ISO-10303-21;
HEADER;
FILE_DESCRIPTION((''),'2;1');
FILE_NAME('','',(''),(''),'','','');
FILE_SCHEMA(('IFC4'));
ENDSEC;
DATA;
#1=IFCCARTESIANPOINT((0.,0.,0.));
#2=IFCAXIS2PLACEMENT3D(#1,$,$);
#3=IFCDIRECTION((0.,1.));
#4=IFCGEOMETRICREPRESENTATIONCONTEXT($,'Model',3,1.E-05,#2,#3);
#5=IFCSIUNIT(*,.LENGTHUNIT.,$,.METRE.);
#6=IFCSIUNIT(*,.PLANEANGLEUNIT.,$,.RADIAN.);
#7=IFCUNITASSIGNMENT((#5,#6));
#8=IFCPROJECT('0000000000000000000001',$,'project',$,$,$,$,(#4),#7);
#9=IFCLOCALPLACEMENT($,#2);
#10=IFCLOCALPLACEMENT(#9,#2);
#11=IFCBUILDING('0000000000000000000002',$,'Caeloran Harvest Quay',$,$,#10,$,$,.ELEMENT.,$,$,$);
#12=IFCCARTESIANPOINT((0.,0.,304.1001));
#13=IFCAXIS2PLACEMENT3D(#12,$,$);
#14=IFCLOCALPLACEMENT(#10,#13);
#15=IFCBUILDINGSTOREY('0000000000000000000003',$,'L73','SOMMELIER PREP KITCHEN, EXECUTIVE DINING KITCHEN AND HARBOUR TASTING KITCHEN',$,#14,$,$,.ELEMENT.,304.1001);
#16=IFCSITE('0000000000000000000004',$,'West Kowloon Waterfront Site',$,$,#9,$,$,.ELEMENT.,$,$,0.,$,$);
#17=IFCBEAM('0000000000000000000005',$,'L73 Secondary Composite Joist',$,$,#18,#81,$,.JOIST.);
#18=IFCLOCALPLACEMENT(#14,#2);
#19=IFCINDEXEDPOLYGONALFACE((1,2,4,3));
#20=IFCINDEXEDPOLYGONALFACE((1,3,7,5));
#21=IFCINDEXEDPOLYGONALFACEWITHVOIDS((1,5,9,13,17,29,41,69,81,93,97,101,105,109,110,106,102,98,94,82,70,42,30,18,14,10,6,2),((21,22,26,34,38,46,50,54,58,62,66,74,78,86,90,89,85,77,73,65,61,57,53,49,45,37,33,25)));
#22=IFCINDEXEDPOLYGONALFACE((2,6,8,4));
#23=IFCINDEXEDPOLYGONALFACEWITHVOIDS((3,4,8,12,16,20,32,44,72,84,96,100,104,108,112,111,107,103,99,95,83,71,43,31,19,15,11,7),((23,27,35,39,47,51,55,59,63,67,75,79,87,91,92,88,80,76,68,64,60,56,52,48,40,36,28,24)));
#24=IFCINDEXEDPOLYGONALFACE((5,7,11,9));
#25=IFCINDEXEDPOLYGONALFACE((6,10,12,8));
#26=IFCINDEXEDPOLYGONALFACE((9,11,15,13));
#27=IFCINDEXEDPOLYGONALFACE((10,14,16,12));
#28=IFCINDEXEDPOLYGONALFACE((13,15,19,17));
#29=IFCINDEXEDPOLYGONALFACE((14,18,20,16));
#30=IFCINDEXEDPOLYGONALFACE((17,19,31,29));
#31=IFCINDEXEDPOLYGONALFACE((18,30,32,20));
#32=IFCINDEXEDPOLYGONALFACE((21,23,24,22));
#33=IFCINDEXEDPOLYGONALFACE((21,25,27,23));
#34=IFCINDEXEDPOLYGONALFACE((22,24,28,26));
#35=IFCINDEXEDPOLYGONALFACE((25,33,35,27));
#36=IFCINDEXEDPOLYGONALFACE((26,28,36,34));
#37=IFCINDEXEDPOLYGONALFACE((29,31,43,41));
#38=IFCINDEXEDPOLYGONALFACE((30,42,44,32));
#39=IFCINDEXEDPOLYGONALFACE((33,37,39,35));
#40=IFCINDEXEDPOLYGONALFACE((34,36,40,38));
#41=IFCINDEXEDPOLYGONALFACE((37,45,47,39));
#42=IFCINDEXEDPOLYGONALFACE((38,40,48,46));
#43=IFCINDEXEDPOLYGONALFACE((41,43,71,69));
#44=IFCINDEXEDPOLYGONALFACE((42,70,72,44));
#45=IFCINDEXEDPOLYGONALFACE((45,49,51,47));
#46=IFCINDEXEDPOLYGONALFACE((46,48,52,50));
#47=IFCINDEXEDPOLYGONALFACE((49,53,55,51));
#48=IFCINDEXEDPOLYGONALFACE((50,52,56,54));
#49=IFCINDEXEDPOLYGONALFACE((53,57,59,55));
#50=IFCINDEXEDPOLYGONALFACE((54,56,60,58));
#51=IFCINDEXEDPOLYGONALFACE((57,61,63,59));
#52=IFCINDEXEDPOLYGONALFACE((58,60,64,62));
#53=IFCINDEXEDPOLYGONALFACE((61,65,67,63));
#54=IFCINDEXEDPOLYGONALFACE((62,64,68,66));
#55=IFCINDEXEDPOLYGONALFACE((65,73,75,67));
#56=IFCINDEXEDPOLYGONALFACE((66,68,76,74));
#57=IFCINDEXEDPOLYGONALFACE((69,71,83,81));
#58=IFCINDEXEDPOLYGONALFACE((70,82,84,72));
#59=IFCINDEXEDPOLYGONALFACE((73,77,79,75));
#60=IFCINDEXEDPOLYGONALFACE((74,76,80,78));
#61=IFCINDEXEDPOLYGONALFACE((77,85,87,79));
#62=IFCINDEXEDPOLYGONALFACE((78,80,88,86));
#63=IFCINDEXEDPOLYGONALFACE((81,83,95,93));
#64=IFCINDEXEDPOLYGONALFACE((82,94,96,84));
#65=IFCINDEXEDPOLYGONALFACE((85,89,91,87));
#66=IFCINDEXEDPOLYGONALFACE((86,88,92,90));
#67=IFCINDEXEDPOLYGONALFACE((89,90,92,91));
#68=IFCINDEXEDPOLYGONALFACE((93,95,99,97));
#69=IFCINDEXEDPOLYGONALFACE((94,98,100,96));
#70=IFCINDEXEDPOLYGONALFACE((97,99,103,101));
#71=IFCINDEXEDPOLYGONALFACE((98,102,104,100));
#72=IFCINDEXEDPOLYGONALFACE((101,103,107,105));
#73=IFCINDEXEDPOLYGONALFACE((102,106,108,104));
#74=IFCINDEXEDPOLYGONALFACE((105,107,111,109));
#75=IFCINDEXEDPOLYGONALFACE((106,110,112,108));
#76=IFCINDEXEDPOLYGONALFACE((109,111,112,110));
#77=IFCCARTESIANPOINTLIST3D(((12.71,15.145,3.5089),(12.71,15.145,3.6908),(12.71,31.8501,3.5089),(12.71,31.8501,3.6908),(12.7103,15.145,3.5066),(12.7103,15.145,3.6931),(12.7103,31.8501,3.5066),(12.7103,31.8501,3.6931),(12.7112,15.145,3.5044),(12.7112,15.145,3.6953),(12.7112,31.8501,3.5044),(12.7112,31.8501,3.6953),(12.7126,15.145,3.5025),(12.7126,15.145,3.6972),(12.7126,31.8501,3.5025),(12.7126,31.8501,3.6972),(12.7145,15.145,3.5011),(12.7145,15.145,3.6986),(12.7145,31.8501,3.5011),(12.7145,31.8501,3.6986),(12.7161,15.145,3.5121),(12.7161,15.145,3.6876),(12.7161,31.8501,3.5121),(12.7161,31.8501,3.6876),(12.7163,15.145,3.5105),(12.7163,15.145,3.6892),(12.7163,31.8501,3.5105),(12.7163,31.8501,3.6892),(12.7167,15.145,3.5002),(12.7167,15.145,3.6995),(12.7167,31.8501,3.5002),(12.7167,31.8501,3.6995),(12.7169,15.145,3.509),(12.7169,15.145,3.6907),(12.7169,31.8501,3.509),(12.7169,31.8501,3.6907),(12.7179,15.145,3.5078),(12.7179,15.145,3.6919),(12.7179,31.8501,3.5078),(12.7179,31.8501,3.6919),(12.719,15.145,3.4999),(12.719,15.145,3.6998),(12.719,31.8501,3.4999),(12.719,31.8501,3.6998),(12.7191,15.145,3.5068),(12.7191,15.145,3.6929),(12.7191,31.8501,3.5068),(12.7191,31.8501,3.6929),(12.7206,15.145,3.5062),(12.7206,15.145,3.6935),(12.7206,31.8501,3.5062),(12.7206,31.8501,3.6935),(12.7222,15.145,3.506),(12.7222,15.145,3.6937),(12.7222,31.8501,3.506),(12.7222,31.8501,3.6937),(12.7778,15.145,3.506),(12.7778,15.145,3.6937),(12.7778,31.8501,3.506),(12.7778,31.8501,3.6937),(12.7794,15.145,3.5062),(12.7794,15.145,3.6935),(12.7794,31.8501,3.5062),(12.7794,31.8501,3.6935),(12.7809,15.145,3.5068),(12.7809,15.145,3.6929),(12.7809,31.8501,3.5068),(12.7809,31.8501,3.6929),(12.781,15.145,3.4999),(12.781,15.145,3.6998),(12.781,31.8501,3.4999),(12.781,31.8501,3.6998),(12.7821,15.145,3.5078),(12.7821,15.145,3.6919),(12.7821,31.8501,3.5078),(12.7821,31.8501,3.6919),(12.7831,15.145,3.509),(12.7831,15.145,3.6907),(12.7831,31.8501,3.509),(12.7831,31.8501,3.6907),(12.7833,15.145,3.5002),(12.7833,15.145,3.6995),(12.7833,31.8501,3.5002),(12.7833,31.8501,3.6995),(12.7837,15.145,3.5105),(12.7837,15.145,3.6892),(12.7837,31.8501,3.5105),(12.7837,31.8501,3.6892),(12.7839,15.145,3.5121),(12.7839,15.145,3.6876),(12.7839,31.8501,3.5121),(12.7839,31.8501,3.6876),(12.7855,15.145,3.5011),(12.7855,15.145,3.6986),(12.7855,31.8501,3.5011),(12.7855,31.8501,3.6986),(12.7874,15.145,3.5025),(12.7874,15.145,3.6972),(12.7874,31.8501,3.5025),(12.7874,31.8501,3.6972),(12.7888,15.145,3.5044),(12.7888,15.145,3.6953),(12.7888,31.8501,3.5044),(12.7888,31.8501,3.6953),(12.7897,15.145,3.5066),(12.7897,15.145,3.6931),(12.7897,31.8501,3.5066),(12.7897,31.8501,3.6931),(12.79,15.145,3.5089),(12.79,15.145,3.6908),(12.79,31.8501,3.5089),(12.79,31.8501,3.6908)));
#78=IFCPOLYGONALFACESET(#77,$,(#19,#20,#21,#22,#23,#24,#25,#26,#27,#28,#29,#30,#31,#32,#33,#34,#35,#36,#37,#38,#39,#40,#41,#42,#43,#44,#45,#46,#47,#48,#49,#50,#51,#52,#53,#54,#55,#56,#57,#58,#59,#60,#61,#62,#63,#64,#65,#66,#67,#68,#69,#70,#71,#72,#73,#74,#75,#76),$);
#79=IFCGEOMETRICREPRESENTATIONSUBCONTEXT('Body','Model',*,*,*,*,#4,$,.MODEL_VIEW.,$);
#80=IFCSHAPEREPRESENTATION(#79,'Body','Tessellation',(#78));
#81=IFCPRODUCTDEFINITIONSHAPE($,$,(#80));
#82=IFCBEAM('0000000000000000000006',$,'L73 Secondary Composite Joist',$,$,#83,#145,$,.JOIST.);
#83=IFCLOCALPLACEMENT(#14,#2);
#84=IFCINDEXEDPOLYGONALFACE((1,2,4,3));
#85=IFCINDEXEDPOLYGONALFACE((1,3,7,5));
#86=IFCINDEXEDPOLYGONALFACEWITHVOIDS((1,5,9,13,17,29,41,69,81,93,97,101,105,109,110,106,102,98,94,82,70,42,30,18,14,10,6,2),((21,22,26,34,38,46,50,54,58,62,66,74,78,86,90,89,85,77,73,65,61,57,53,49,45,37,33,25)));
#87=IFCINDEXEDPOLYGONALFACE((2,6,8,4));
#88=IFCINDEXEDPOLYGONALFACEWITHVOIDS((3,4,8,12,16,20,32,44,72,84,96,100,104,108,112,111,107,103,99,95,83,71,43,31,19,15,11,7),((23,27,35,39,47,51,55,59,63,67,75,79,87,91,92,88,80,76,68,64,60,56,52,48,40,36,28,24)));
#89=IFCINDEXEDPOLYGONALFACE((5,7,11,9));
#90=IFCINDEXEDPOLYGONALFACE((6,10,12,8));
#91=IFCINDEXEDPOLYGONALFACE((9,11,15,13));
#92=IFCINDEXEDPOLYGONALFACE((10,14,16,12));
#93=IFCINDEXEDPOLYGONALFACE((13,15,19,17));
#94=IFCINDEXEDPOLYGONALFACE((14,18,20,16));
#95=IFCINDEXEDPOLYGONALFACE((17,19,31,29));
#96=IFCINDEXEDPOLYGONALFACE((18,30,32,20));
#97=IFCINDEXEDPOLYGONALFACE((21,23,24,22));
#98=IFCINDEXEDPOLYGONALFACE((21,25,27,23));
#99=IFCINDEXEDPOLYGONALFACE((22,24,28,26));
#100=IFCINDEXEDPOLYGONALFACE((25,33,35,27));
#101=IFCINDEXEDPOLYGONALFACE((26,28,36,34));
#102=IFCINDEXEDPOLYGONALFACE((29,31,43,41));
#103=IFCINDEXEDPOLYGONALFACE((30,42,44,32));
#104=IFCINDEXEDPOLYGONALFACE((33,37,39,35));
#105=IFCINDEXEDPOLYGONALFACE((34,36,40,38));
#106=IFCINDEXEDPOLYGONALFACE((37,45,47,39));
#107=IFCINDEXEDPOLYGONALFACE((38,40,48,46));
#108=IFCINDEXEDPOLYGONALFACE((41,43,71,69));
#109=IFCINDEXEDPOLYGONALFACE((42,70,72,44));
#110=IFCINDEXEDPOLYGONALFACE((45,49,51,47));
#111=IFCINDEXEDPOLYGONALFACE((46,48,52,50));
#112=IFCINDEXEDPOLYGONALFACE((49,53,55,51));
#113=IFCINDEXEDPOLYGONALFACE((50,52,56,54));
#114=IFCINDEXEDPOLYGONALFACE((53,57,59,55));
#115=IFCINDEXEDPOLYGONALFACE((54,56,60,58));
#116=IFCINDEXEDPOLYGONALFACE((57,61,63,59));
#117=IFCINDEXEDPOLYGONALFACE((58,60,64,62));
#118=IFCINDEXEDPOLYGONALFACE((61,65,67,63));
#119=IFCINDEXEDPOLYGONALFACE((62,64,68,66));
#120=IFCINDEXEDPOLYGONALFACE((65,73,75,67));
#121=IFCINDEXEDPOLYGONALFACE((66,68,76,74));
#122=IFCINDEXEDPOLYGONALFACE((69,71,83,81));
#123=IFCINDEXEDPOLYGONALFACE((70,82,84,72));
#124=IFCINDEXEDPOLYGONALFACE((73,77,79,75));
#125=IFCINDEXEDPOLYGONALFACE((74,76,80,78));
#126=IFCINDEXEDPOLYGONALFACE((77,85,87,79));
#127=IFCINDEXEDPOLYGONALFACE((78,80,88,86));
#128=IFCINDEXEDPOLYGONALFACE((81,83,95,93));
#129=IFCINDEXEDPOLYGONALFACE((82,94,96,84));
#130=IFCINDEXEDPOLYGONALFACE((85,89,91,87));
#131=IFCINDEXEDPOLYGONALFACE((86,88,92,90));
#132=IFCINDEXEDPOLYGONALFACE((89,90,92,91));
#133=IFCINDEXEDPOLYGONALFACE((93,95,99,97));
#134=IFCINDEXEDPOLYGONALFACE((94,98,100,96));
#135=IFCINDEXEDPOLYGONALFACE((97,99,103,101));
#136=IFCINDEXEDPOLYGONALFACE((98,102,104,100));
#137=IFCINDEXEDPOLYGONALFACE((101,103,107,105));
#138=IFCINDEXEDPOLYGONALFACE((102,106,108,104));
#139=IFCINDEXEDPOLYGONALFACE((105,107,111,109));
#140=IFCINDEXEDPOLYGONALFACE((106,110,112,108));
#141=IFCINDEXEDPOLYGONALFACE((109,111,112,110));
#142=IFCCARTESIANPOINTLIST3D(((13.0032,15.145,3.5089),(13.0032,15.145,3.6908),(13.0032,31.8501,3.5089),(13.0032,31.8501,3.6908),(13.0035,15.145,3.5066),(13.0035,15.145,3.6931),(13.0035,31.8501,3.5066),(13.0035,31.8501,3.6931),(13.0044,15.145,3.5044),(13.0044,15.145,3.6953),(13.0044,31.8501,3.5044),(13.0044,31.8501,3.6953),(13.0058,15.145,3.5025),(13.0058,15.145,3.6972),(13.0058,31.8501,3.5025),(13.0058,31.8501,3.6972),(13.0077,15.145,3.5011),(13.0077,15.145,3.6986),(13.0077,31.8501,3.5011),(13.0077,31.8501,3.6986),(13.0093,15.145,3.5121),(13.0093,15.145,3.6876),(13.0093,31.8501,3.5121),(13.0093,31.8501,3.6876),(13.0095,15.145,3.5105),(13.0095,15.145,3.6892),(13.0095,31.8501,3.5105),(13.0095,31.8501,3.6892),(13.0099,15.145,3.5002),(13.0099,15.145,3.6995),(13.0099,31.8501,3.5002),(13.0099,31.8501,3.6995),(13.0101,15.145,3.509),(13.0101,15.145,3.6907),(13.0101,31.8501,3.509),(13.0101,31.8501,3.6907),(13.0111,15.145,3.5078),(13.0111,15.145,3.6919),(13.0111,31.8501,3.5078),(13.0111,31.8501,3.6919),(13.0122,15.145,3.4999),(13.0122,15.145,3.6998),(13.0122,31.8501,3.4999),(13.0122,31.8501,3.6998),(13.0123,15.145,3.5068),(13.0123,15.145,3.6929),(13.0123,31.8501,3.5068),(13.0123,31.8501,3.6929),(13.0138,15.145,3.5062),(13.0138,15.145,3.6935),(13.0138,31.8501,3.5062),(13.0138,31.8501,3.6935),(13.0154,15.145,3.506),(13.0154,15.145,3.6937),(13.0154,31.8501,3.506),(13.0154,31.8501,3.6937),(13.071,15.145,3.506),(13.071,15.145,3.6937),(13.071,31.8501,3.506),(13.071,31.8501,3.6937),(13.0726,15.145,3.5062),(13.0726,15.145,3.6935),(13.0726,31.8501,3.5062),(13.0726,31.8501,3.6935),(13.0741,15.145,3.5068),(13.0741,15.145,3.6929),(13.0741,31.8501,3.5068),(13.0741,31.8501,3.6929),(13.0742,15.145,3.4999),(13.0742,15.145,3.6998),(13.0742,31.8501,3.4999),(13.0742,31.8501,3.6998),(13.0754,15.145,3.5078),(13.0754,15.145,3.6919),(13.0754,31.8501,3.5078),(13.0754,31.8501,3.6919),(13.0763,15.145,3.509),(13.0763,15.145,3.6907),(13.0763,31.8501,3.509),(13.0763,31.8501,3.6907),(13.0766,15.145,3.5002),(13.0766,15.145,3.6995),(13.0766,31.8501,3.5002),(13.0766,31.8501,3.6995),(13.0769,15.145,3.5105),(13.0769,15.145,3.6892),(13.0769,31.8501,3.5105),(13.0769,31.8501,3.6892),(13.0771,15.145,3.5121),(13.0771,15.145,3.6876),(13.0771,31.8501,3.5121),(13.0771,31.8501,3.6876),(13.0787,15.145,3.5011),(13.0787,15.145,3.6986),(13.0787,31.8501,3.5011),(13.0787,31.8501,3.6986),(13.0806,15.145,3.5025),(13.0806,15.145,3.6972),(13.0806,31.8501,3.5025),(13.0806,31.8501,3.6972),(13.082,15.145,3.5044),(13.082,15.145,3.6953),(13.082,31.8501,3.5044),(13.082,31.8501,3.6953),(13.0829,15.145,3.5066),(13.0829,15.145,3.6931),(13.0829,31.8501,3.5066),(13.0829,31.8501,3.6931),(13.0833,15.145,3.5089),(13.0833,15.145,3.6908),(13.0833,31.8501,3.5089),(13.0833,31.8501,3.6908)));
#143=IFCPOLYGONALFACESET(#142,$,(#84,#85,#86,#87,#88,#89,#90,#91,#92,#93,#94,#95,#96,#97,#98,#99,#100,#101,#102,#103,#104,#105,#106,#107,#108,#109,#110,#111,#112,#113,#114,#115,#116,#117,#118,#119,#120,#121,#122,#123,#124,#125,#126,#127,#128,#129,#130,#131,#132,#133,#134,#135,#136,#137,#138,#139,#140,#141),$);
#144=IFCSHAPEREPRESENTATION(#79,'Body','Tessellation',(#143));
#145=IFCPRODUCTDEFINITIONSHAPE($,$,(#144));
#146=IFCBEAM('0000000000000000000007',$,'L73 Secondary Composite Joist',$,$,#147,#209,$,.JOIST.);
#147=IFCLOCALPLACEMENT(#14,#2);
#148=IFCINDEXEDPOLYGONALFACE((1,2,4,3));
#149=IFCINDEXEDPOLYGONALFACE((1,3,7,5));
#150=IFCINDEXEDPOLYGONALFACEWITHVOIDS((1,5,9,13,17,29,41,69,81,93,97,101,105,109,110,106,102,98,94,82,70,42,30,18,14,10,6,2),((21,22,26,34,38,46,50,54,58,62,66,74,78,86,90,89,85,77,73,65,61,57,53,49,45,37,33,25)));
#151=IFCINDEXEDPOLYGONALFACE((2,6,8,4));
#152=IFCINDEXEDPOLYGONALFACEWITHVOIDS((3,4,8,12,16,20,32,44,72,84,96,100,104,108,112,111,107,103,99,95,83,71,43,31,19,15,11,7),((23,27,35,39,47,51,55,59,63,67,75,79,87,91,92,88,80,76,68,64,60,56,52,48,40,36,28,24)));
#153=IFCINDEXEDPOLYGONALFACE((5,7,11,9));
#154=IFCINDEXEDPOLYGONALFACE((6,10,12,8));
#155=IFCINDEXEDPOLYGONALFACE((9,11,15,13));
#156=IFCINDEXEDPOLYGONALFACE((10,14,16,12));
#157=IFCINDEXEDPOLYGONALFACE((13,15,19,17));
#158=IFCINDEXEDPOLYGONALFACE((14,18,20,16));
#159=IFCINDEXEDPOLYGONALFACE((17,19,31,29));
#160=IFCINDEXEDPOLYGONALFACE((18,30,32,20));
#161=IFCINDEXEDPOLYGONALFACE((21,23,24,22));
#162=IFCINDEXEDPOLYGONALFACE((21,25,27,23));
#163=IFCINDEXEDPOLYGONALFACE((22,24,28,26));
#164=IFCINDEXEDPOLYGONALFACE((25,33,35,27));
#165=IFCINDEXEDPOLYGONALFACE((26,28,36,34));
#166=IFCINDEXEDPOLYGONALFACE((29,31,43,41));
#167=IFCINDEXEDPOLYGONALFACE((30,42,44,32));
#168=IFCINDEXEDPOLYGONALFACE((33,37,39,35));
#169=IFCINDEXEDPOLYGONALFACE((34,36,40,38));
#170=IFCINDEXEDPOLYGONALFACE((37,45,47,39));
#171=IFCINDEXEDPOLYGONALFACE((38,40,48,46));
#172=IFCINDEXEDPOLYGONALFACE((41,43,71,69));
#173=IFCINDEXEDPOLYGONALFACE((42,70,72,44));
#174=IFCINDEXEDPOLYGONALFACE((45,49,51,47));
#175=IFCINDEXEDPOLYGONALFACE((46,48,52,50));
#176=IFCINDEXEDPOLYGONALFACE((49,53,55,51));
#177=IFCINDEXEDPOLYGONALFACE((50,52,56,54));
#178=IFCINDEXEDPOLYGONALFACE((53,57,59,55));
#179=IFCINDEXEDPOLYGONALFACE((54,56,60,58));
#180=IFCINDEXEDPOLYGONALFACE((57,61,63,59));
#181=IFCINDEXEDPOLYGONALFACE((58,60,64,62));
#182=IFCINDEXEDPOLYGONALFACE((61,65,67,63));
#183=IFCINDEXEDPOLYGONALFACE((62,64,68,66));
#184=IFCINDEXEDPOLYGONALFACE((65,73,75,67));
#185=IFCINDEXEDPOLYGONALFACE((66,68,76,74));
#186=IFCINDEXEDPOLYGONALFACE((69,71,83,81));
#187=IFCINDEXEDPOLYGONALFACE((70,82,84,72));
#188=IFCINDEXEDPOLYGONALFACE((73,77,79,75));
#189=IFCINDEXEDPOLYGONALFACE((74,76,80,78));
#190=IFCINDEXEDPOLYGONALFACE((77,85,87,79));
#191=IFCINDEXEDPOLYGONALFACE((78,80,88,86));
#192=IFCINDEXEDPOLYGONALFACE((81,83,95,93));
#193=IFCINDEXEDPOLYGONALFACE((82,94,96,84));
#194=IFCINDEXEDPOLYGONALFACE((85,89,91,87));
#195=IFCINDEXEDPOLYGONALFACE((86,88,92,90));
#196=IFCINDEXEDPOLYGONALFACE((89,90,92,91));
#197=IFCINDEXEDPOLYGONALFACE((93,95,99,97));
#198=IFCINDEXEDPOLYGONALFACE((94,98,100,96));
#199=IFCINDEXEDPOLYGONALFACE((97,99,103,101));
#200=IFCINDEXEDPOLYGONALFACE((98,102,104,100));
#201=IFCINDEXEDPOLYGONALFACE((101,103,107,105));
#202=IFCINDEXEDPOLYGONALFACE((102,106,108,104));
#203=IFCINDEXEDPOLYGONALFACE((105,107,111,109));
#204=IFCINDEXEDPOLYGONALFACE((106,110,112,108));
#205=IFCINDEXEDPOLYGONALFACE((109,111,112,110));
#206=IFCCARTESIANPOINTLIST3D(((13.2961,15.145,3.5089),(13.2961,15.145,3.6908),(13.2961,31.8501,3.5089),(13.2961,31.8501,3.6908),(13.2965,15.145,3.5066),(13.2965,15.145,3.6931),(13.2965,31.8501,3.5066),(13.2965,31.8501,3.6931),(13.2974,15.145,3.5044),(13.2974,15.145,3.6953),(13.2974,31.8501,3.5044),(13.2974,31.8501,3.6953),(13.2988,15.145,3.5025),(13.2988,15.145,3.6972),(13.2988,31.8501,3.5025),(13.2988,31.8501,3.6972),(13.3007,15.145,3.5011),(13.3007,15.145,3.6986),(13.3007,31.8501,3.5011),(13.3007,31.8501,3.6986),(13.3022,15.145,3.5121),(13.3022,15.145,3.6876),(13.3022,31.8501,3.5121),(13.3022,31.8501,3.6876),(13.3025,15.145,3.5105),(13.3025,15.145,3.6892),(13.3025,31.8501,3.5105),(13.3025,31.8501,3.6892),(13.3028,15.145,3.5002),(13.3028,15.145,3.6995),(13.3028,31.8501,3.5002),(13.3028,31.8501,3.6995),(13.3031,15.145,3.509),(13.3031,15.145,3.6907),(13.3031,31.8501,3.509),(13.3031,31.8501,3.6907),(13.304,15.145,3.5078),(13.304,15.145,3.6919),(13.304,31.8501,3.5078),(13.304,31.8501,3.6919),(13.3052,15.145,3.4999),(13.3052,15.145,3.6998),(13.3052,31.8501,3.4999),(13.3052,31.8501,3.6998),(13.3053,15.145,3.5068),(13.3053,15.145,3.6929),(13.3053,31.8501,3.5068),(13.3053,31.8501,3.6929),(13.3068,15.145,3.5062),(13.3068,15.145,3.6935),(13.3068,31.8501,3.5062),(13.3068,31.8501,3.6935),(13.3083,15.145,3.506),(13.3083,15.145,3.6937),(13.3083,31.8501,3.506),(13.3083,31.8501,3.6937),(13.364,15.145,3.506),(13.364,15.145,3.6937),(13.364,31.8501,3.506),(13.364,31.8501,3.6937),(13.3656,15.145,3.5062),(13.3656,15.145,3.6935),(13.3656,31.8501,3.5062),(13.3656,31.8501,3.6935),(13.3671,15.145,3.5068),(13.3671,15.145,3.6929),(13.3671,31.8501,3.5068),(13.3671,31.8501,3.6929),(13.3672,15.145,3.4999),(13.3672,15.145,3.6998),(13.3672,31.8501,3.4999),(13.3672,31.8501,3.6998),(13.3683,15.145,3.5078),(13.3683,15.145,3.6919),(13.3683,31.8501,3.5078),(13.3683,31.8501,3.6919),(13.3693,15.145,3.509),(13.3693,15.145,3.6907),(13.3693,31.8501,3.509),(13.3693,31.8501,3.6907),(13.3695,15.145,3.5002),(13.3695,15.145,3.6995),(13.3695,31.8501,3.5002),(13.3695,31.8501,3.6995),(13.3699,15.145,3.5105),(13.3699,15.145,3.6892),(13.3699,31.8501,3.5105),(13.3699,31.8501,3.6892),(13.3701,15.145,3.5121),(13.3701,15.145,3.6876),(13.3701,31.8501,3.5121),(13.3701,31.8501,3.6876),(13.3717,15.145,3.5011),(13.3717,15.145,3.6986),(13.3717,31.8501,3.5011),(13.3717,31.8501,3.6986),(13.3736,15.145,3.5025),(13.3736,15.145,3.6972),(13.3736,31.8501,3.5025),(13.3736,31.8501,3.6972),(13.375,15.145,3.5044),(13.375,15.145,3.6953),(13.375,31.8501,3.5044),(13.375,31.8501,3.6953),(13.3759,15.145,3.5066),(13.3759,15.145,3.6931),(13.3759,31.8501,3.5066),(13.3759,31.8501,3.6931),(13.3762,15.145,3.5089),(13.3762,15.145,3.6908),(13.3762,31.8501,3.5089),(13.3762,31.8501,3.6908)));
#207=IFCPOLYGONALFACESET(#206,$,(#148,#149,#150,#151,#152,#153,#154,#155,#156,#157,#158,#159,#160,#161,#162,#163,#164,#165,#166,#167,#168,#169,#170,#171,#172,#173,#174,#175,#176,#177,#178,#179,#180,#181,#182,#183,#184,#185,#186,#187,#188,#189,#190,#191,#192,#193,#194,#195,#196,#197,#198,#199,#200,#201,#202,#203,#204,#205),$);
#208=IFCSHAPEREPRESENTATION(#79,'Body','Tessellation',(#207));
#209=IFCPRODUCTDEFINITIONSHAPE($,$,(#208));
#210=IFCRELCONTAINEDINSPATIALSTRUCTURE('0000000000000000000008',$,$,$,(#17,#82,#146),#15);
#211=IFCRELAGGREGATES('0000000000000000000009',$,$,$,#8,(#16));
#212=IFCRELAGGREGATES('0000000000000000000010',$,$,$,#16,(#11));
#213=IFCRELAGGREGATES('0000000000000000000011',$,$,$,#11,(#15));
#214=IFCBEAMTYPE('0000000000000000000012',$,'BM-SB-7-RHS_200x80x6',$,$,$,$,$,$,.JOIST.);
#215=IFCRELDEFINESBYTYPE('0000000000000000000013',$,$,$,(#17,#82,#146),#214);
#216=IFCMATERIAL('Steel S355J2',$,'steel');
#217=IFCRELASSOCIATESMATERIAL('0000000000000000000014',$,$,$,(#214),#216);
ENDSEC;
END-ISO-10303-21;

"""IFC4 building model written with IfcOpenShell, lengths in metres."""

from ifc_helpers import new_model, si_unit, direction, frame, origin, origin_2d, place, context, subcontext, project, spatial, hollow_rectangle, extrude, material, material_profile, profile_set, type_object, element, save


model = new_model("IFC4")

# Units and contexts
model_context = context("Model", 3, precision=1e-05, world=origin(), true_north=direction((0.0, 1.0)))
body_context = subcontext(model_context, "Body", "Model", "MODEL_VIEW")
ifc_project = project(units=[si_unit("LENGTHUNIT", "METRE"), si_unit("PLANEANGLEUNIT", "RADIAN")], contexts=[model_context])

# Site, building, storey
site_placement = place(None, origin())
site = spatial("IfcSite", under=ifc_project, at=site_placement, Name="West Kowloon Waterfront Site", CompositionType="ELEMENT", RefElevation=0.0)
building_placement = place(site_placement, origin())
building = spatial("IfcBuilding", under=site, at=building_placement, Name="Caeloran Harvest Quay", CompositionType="ELEMENT")
storey_placement = place(building_placement, frame((0.0, 0.0, 304.1001)))
storey = spatial("IfcBuildingStorey", under=building, at=storey_placement, Name="L73", Description="SOMMELIER PREP KITCHEN, EXECUTIVE DINING KITCHEN AND HARBOUR TASTING KITCHEN", CompositionType="ELEMENT", Elevation=304.1001)

# Beams
ifc_material_1 = material(Name="Steel S355J2", Category="steel")
ifc_material_profile_1 = material_profile(ifc_material_1, hollow_rectangle(XDim=0.0801, YDim=0.2, WallThickness=0.0061, InnerFilletRadius=0.0061, OuterFilletRadius=0.009, at=origin_2d()), Name="RHS 200x80x6")
ifc_profile_set_1 = profile_set([ifc_material_profile_1], Name="Steel S355J2")
beam_type_1 = type_object("IfcBeamType", Name="BM-SB-7-RHS_200x80x6", PredefinedType="JOIST", material=ifc_profile_set_1)
for number, where, z_axis, x_axis, name in (
    (1, (12.75, 15.145, 3.5999), (0.0, 1.0, 0.0), (-1.0, 0.0, 0.0), "L73 Secondary Composite Joist"),
    (2, (13.0432, 15.145, 3.5999), (0.0, 1.0, 0.0), (-1.0, 0.0, 0.0), "L73 Secondary Composite Joist"),
    (3, (13.3362, 15.145, 3.5999), (0.0, 1.0, 0.0), (-1.0, 0.0, 0.0), "L73 Secondary Composite Joist"),
):
    element("IfcBeam", number, at=place(storey_placement, frame(where, z_axis=z_axis, x_axis=x_axis)), inside=storey, type_object=beam_type_1, Name=name, PredefinedType="JOIST", context=body_context, shape_type="SweptSolid", body=[
        extrude(hollow_rectangle(XDim=0.0801, YDim=0.2, WallThickness=0.0061, InnerFilletRadius=0.0061, OuterFilletRadius=0.009, at=origin_2d()), origin(), (0.0, 0.0, 1.0), 16.7051),
    ])

save(model, "model.ifc")
